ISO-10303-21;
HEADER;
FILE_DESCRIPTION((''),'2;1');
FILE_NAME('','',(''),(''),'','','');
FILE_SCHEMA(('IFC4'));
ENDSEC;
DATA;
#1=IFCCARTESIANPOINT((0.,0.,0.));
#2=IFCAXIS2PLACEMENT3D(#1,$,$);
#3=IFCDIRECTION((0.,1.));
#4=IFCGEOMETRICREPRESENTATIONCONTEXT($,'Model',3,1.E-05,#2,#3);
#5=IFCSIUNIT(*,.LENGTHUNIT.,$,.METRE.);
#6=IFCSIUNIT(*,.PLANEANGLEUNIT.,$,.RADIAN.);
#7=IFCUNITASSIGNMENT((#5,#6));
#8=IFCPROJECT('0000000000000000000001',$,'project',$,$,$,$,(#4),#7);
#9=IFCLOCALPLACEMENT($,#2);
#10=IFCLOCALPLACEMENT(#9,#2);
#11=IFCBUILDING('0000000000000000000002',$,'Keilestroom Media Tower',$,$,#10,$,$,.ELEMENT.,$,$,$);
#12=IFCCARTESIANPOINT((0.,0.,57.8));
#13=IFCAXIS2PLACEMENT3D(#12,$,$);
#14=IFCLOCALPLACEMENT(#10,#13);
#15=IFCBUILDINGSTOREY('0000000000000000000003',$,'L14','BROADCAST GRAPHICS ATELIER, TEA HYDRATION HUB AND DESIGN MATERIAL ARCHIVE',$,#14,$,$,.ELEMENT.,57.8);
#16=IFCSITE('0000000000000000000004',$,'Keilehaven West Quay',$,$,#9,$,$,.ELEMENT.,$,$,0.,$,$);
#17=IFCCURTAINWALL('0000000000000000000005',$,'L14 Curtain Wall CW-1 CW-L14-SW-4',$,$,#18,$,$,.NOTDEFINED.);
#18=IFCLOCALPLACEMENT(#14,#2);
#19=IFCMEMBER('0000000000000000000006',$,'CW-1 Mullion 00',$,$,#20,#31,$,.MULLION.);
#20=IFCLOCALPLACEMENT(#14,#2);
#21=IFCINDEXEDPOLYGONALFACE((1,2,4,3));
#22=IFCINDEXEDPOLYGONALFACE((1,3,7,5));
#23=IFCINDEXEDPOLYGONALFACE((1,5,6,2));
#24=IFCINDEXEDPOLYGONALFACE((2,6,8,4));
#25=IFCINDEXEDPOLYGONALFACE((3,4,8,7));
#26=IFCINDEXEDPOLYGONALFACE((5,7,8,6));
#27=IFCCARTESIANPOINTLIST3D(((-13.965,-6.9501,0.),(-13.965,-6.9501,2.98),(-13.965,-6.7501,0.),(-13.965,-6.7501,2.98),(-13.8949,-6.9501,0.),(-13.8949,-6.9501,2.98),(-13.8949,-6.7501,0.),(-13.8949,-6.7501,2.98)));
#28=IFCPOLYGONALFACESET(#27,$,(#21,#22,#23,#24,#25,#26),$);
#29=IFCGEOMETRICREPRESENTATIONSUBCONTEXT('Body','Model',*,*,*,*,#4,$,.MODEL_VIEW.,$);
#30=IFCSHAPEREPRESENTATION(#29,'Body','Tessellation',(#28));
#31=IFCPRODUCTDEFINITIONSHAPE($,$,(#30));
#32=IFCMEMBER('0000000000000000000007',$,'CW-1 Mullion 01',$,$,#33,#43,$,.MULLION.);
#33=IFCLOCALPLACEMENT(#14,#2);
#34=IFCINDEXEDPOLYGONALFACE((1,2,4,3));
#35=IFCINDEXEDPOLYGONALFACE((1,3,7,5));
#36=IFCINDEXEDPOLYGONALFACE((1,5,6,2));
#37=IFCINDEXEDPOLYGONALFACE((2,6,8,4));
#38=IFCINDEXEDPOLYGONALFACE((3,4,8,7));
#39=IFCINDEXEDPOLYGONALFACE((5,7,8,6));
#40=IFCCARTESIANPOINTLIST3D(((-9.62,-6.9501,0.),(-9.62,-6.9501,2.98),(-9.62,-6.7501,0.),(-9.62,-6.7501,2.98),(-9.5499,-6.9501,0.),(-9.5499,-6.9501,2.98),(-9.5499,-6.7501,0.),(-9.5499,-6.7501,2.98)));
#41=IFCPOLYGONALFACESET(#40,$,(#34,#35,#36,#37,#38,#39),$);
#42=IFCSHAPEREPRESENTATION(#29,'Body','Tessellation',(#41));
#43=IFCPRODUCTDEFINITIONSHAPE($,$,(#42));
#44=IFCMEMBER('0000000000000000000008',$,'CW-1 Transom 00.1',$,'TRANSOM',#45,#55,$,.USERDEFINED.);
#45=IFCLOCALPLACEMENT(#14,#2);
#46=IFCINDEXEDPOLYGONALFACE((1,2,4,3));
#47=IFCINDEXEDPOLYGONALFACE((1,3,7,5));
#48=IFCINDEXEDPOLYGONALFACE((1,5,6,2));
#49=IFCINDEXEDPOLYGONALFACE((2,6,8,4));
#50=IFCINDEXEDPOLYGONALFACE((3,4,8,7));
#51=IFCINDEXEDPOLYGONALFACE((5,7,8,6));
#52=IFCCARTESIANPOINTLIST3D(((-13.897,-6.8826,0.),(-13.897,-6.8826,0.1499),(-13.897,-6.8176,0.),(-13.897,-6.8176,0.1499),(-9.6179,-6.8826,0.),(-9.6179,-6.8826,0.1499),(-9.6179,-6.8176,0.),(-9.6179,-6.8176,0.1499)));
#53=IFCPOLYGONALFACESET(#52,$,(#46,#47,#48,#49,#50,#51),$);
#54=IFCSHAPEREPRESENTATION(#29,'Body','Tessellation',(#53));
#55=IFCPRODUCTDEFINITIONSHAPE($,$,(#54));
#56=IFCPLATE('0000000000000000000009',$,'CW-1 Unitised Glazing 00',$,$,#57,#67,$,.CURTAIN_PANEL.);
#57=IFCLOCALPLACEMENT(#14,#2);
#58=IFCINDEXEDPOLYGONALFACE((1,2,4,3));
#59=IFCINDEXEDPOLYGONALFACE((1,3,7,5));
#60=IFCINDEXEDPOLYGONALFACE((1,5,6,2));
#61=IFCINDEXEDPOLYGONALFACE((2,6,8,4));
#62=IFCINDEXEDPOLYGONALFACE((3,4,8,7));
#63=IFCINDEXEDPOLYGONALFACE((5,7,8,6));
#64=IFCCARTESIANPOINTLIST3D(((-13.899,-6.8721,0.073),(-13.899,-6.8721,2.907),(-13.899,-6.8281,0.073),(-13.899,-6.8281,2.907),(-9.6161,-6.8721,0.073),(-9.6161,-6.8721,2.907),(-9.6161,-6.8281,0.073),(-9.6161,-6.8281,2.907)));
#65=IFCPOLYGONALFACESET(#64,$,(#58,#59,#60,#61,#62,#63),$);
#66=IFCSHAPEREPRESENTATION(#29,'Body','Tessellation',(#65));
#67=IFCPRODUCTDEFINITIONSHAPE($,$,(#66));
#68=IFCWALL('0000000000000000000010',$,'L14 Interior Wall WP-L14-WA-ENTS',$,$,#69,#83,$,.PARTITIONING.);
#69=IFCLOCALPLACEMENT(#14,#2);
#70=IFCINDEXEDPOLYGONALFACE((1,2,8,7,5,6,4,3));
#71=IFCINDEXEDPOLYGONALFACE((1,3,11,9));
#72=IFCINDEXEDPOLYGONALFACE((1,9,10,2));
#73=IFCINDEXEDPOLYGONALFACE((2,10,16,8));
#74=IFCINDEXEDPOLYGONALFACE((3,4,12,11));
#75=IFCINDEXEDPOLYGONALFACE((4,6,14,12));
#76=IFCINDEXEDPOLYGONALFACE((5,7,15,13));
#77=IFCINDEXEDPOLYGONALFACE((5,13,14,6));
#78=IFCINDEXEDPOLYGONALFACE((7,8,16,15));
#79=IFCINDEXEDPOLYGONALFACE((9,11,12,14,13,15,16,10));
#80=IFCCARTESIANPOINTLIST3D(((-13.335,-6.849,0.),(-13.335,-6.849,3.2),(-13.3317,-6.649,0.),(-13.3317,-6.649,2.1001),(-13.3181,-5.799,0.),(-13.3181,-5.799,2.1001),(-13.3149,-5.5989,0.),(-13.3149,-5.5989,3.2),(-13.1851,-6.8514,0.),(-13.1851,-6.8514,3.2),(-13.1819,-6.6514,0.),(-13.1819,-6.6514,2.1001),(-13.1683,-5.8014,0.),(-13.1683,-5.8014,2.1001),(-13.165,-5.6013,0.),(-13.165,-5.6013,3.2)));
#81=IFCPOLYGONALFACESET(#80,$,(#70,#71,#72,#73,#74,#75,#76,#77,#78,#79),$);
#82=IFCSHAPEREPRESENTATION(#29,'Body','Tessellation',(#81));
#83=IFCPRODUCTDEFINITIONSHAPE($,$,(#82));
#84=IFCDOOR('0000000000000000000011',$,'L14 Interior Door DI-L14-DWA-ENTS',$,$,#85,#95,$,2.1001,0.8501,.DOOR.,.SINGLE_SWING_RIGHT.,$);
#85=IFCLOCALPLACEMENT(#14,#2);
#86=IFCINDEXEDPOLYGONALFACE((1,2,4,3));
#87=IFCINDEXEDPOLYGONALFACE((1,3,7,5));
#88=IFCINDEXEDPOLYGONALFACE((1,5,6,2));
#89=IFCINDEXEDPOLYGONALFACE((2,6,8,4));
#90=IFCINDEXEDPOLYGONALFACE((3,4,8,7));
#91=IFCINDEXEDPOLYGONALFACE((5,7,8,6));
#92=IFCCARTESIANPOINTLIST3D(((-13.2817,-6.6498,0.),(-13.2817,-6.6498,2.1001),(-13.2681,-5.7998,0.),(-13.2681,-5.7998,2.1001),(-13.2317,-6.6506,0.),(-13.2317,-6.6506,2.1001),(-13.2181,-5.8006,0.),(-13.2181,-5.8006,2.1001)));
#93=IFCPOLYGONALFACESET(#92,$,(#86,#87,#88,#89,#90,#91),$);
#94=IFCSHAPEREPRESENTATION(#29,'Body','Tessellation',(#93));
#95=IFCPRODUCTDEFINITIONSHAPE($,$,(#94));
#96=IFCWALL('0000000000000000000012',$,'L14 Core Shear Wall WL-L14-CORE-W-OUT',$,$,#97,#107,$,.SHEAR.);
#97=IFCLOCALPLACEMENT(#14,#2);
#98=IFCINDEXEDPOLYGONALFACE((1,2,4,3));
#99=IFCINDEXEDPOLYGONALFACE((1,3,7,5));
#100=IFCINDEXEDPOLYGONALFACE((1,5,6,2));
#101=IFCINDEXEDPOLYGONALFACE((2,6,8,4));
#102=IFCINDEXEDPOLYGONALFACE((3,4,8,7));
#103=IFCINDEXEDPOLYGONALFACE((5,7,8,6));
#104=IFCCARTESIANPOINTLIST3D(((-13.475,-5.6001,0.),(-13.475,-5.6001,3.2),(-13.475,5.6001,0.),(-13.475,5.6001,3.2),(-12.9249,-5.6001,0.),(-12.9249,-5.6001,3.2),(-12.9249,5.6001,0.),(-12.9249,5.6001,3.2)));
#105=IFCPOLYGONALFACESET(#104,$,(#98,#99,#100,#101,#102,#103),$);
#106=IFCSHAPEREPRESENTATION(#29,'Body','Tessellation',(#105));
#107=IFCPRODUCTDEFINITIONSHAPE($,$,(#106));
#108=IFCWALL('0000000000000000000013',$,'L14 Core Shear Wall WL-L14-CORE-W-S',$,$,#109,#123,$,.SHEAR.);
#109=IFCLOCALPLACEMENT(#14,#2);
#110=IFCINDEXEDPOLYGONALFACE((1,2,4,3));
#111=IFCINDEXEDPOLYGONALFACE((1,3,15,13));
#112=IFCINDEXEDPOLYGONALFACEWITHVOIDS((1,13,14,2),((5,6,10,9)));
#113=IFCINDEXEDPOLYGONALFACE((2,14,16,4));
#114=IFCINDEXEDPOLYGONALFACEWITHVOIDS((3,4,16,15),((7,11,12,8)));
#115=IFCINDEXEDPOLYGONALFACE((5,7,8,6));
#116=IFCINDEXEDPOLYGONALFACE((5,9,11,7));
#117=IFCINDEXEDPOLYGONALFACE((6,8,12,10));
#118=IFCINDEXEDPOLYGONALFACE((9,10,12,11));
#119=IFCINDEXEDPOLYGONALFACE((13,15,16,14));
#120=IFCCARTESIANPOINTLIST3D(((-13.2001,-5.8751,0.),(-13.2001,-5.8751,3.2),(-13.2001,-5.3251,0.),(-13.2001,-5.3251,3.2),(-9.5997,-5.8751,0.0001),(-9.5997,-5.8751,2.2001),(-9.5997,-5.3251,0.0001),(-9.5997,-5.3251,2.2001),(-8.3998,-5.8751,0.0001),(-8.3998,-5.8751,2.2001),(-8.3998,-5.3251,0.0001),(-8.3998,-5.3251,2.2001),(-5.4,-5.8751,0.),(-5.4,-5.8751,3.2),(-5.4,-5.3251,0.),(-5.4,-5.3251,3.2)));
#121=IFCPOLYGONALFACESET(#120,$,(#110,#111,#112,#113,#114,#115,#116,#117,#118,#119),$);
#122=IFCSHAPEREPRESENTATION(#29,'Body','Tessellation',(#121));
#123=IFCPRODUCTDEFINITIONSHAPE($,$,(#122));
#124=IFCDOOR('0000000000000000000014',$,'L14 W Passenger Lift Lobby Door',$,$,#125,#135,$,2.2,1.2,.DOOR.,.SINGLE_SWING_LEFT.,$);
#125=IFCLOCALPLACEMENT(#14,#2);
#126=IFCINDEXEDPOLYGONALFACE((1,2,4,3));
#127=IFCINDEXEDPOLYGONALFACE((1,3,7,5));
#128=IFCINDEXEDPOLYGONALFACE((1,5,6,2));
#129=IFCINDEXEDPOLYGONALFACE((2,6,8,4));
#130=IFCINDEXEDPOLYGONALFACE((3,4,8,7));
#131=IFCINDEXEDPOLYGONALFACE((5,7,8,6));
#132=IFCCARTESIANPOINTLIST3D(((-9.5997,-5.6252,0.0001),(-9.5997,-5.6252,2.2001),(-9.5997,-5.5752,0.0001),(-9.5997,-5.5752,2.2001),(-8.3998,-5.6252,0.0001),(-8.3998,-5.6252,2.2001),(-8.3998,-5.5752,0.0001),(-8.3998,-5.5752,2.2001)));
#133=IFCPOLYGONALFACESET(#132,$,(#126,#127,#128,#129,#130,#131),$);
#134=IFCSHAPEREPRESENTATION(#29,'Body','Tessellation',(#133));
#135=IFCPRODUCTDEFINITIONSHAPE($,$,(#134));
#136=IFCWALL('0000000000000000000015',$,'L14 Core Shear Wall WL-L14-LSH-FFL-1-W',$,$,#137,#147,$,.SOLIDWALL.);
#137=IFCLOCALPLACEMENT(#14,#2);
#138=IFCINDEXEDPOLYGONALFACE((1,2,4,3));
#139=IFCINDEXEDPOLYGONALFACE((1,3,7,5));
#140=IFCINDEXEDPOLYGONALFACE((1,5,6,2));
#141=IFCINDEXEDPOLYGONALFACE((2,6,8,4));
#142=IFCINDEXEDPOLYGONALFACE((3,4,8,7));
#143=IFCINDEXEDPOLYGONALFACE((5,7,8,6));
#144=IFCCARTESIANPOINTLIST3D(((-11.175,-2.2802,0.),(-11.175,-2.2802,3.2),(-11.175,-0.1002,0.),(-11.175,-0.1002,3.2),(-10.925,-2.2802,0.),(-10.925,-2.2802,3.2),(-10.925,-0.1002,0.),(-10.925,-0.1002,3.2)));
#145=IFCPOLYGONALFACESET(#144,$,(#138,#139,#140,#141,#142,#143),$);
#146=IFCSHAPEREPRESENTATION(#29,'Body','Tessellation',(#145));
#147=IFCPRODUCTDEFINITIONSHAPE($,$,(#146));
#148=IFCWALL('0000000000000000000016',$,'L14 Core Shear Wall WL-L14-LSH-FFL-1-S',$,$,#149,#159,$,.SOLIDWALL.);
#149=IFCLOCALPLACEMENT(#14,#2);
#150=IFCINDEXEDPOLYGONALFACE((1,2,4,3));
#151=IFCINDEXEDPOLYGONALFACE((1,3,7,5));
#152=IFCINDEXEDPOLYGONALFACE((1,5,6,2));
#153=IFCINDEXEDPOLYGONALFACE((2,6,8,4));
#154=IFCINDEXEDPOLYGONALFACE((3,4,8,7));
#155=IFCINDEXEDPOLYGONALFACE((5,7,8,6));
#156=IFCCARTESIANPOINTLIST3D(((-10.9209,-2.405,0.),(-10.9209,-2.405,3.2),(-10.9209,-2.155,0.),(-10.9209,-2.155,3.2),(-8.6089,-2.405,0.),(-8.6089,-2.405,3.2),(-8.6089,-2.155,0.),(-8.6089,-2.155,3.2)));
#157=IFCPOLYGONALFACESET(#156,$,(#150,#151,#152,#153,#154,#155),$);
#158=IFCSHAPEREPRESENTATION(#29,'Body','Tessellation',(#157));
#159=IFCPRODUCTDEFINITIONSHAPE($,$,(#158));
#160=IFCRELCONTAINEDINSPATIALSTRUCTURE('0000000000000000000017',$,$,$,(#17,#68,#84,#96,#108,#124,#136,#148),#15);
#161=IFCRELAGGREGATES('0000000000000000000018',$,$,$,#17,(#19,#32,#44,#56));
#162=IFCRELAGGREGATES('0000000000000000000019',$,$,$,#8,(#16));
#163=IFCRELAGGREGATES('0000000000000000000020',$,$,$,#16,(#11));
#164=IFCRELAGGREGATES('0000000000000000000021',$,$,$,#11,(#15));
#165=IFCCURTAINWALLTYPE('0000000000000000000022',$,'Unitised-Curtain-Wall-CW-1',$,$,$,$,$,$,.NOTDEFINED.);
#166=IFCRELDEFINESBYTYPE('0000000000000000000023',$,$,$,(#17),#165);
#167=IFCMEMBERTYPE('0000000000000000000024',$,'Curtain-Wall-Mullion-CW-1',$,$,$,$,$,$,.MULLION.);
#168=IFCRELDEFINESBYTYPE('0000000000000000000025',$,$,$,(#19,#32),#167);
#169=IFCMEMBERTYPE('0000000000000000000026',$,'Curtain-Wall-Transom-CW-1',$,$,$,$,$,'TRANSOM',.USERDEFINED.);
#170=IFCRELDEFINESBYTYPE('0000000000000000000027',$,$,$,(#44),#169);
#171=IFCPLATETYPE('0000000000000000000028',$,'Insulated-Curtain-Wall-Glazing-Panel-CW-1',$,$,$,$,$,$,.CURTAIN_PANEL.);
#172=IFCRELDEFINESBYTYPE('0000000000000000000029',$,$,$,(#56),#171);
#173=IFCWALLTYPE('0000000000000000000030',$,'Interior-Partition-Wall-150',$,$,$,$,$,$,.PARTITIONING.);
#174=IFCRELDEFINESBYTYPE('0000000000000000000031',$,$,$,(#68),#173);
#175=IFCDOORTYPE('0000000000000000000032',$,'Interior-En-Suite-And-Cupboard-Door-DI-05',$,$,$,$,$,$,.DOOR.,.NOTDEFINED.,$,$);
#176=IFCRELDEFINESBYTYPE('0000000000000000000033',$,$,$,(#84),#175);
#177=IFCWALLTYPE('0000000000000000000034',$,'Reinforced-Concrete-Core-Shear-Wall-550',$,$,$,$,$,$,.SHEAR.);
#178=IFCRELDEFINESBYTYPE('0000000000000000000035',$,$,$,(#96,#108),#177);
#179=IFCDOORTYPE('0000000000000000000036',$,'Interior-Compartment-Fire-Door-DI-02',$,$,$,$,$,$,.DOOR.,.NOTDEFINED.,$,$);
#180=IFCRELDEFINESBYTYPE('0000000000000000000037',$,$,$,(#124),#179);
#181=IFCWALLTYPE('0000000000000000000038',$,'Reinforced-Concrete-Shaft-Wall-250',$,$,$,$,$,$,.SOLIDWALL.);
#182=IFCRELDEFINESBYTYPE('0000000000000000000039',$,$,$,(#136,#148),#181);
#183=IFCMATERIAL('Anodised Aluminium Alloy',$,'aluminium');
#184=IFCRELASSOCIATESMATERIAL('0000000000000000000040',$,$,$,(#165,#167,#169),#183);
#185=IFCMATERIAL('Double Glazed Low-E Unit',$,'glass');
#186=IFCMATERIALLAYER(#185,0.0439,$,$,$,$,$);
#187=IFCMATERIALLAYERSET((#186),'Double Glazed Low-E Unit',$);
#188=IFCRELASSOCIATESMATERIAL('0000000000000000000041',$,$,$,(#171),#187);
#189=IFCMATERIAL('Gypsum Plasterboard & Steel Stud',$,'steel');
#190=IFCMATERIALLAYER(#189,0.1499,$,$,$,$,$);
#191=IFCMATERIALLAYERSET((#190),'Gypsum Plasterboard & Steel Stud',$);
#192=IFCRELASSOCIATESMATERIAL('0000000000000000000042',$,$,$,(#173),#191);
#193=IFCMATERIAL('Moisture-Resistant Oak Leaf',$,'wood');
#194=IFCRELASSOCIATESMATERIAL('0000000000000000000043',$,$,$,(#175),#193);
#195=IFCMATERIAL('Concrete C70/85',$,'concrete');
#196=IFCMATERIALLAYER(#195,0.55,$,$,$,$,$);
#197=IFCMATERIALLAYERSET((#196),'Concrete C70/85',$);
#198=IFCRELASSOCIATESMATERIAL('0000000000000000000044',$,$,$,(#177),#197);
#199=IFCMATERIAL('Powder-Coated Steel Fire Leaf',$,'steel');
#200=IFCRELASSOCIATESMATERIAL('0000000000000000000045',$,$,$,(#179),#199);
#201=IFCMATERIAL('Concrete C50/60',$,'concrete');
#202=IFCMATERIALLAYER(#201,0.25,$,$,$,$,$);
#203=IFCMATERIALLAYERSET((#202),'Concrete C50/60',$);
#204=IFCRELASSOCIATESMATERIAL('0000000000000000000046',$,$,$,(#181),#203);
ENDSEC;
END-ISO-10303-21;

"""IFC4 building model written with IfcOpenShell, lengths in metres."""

from ifc_helpers import new_model, si_unit, direction, frame, frame_2d, origin, origin_2d, place, context, subcontext, project, spatial, rectangle, extrude, source, transform, mapped, material, layer, layer_set, material_profile, profile_set, type_object, element, fill, aggregate, save


model = new_model("IFC4")

# Units and contexts
model_context = context("Model", 3, precision=1e-05, world=origin(), true_north=direction((0.0, 1.0)))
body_context = subcontext(model_context, "Body", "Model", "MODEL_VIEW")
ifc_project = project(units=[si_unit("LENGTHUNIT", "METRE"), si_unit("PLANEANGLEUNIT", "RADIAN")], contexts=[model_context])

# Site, building, storey
site_placement = place(None, origin())
site = spatial("IfcSite", under=ifc_project, at=site_placement, Name="Keilehaven West Quay", CompositionType="ELEMENT", RefElevation=0.0)
building_placement = place(site_placement, origin())
building = spatial("IfcBuilding", under=site, at=building_placement, Name="Keilestroom Media Tower", CompositionType="ELEMENT")
storey_placement = place(building_placement, frame((0.0, 0.0, 57.8)))
storey = spatial("IfcBuildingStorey", under=building, at=storey_placement, Name="L14", Description="BROADCAST GRAPHICS ATELIER, TEA HYDRATION HUB AND DESIGN MATERIAL ARCHIVE", CompositionType="ELEMENT", Elevation=57.8)

# Curtain wall, members, plate
ifc_material_1 = material(Name="Anodised Aluminium Alloy", Category="aluminium")
curtain_wall_type = type_object("IfcCurtainWallType", Name="Unitised-Curtain-Wall-CW-1", PredefinedType="NOTDEFINED", material=ifc_material_1)
curtain_wall_placement = place(storey_placement, origin())
curtain_wall = element("IfcCurtainWall", 1, at=curtain_wall_placement, inside=storey, type_object=curtain_wall_type, Name="L14 Curtain Wall CW-1 CW-L14-SW-4", PredefinedType="NOTDEFINED")
ifc_material_profile_1 = material_profile(ifc_material_1, rectangle(XDim=0.0701, YDim=0.2, at=origin_2d()), Name="ALU MULLION 70x200")
ifc_profile_set_1 = profile_set([ifc_material_profile_1], Name="Anodised Aluminium Alloy")
member_type_1 = type_object("IfcMemberType", Name="Curtain-Wall-Mullion-CW-1", PredefinedType="MULLION", material=ifc_profile_set_1)
shared_shape_1 = source(origin(), body_context, "Body", "SweptSolid", [
    extrude(rectangle(XDim=0.0701, YDim=0.2, at=origin_2d()), origin(), (0.0, 0.0, 1.0), 2.98),
])
member_1_placement = place(storey_placement, frame((-13.9299, -6.8501, 0.0), z_axis=(0.0, 0.0, 1.0), x_axis=(1.0, 0.0, 0.0)))
member_1 = element("IfcMember", 2, at=member_1_placement, type_object=member_type_1, Name="CW-1 Mullion 00", PredefinedType="MULLION", context=body_context, shape_type="MappedRepresentation", body=[
    mapped(shared_shape_1, transform((0.0, 0.0, 0.0), x_axis=(1.0, 0.0, 0.0), y_axis=(0.0, 1.0, 0.0), z_axis=(0.0, 0.0, 1.0), scale=1.0)),
])
member_2_placement = place(storey_placement, frame((-9.585, -6.8501, 0.0), z_axis=(0.0, 0.0, 1.0), x_axis=(1.0, 0.0, 0.0)))
member_2 = element("IfcMember", 3, at=member_2_placement, type_object=member_type_1, Name="CW-1 Mullion 01", PredefinedType="MULLION", context=body_context, shape_type="MappedRepresentation", body=[
    mapped(shared_shape_1, transform((0.0, 0.0, 0.0), x_axis=(1.0, 0.0, 0.0), y_axis=(0.0, 1.0, 0.0), z_axis=(0.0, 0.0, 1.0), scale=1.0)),
])
ifc_material_profile_2 = material_profile(ifc_material_1, rectangle(XDim=0.0649, YDim=0.1499, at=origin_2d()), Name="ALU TRANSOM 65x150")
ifc_profile_set_2 = profile_set([ifc_material_profile_2], Name="Anodised Aluminium Alloy")
member_type_2 = type_object("IfcMemberType", Name="Curtain-Wall-Transom-CW-1", ElementType="TRANSOM", PredefinedType="USERDEFINED", material=ifc_profile_set_2)
shared_shape_2 = source(origin(), body_context, "Body", "SweptSolid", [
    extrude(rectangle(XDim=0.0649, YDim=0.1499, at=origin_2d()), origin(), (0.0, 0.0, 1.0), 4.2791),
])
member_3_placement = place(storey_placement, frame((-13.897, -6.8501, 0.075), z_axis=(1.0, 0.0, 0.0), x_axis=(0.0, 1.0, 0.0)))
member_3 = element("IfcMember", 4, at=member_3_placement, type_object=member_type_2, Name="CW-1 Transom 00.1", ObjectType="TRANSOM", PredefinedType="USERDEFINED", context=body_context, shape_type="MappedRepresentation", body=[
    mapped(shared_shape_2, transform((0.0, 0.0, 0.0), x_axis=(1.0, 0.0, 0.0), y_axis=(0.0, 1.0, 0.0), z_axis=(0.0, 0.0, 1.0), scale=1.0)),
])
ifc_material_2 = material(Name="Double Glazed Low-E Unit", Category="glass")
ifc_layer_1 = layer(ifc_material_2, 0.0439)
ifc_layer_set_1 = layer_set([ifc_layer_1], Name="Double Glazed Low-E Unit")
plate_type = type_object("IfcPlateType", Name="Insulated-Curtain-Wall-Glazing-Panel-CW-1", PredefinedType="CURTAIN_PANEL", material=ifc_layer_set_1)
shared_shape_3 = source(origin(), body_context, "Body", "SweptSolid", [
    extrude(rectangle(XDim=4.283, YDim=0.0439, at=origin_2d()), origin(), (0.0, 0.0, 1.0), 2.834),
])
plate_placement = place(storey_placement, frame((-11.7576, -6.8501, 0.073), z_axis=(0.0, 0.0, 1.0), x_axis=(1.0, 0.0, 0.0)))
plate = element("IfcPlate", 5, at=plate_placement, type_object=plate_type, Name="CW-1 Unitised Glazing 00", PredefinedType="CURTAIN_PANEL", context=body_context, shape_type="MappedRepresentation", body=[
    mapped(shared_shape_3, transform((0.0, 0.0, 0.0), x_axis=(1.0, 0.0, 0.0), y_axis=(0.0, 1.0, 0.0), z_axis=(0.0, 0.0, 1.0), scale=1.0)),
])
aggregate(curtain_wall, [member_1, member_2, member_3, plate])

# Wall, opening, door
ifc_material_3 = material(Name="Gypsum Plasterboard & Steel Stud", Category="steel")
ifc_layer_2 = layer(ifc_material_3, 0.1499)
ifc_layer_set_2 = layer_set([ifc_layer_2], Name="Gypsum Plasterboard & Steel Stud")
wall_type_1 = type_object("IfcWallType", Name="Interior-Partition-Wall-150", PredefinedType="PARTITIONING", material=ifc_layer_set_2)
wall_1_placement = place(storey_placement, frame((-13.26, -6.8501, 0.0), z_axis=(0.0, 0.0, 1.0), x_axis=(0.016014, 0.999872, 0.0)))
wall_1 = element("IfcWall", 6, at=wall_1_placement, inside=storey, type_object=wall_type_1, Name="L14 Interior Wall WP-L14-WA-ENTS", PredefinedType="PARTITIONING", context=body_context, shape_type="SweptSolid", body=[
    extrude(rectangle(XDim=1.2502, YDim=0.1499, at=frame_2d((0.625, 0.0))), origin(), (0.0, 0.0, 1.0), 3.2),
])
opening_1_placement = place(wall_1_placement, frame((0.2, 0.0, 0.0)))
opening_1 = element("IfcOpeningElement", 7, at=opening_1_placement, cuts=wall_1, PredefinedType="OPENING", context=body_context, shape_type="SweptSolid", body=[
    extrude(rectangle(XDim=0.8501, YDim=2.1001, at=frame_2d((0.425, 1.05))), frame((0.0, 0.085, 0.0), z_axis=(0.0, -1.0, 0.0), x_axis=(1.0, 0.0, 0.0)), (0.0, 0.0, 1.0), 0.1699),
])
ifc_material_4 = material(Name="Moisture-Resistant Oak Leaf", Category="wood")
door_type_1 = type_object("IfcDoorType", Name="Interior-En-Suite-And-Cupboard-Door-DI-05", OperationType="NOTDEFINED", PredefinedType="DOOR", material=ifc_material_4)
shared_shape_4 = source(origin(), body_context, "Body", "SweptSolid", [
    extrude(rectangle(XDim=0.8501, YDim=2.1001, at=frame_2d((0.425, 1.05))), frame((0.0, 0.0249, 0.0), z_axis=(0.0, -1.0, 0.0), x_axis=(1.0, 0.0, 0.0)), (0.0, 0.0, 1.0), 0.05),
])
door_1_placement = place(opening_1_placement, origin())
door_1 = element("IfcDoor", 8, at=door_1_placement, inside=storey, type_object=door_type_1, Name="L14 Interior Door DI-L14-DWA-ENTS", OperationType="SINGLE_SWING_RIGHT", OverallHeight=2.1001, OverallWidth=0.8501, PredefinedType="DOOR", context=body_context, shape_type="MappedRepresentation", body=[
    mapped(shared_shape_4, transform((0.0, 0.0, 0.0), x_axis=(1.0, 0.0, 0.0), y_axis=(0.0, 1.0, 0.0), z_axis=(0.0, 0.0, 1.0), scale=1.0)),
])
fill(opening_1, door_1)

# Wall
ifc_material_5 = material(Name="Concrete C70/85", Category="concrete")
ifc_layer_3 = layer(ifc_material_5, 0.55)
ifc_layer_set_3 = layer_set([ifc_layer_3], Name="Concrete C70/85")
wall_type_2 = type_object("IfcWallType", Name="Reinforced-Concrete-Core-Shear-Wall-550", PredefinedType="SHEAR", material=ifc_layer_set_3)
wall_2_placement = place(storey_placement, frame((-13.2, -5.6001, 0.0), z_axis=(0.0, 0.0, 1.0), x_axis=(0.0, 1.0, 0.0)))
element("IfcWall", 9, at=wall_2_placement, inside=storey, type_object=wall_type_2, Name="L14 Core Shear Wall WL-L14-CORE-W-OUT", PredefinedType="SHEAR", context=body_context, shape_type="SweptSolid", body=[
    extrude(rectangle(XDim=11.2002, YDim=0.55, at=frame_2d((5.6001, 0.0))), origin(), (0.0, 0.0, 1.0), 3.2),
])

# Wall, opening, door
wall_3_placement = place(storey_placement, frame((-13.2, -5.6001, 0.0), z_axis=(0.0, 0.0, 1.0), x_axis=(1.0, 0.0, 0.0)))
wall_3 = element("IfcWall", 10, at=wall_3_placement, inside=storey, type_object=wall_type_2, Name="L14 Core Shear Wall WL-L14-CORE-W-S", PredefinedType="SHEAR", context=body_context, shape_type="SweptSolid", body=[
    extrude(rectangle(XDim=7.8, YDim=0.55, at=frame_2d((3.8999, 0.0))), origin(), (0.0, 0.0, 1.0), 3.2),
])
opening_2_placement = place(wall_3_placement, frame((3.6001, 0.0, 0.0)))
opening_2 = element("IfcOpeningElement", 11, at=opening_2_placement, cuts=wall_3, PredefinedType="OPENING", context=body_context, shape_type="SweptSolid", body=[
    extrude(rectangle(XDim=1.2, YDim=2.2, at=frame_2d((0.6001, 1.1001))), frame((0.0, 0.2852, 0.0), z_axis=(0.0, -1.0, 0.0), x_axis=(1.0, 0.0, 0.0)), (0.0, 0.0, 1.0), 0.5701),
])
ifc_material_6 = material(Name="Powder-Coated Steel Fire Leaf", Category="steel")
door_type_2 = type_object("IfcDoorType", Name="Interior-Compartment-Fire-Door-DI-02", OperationType="NOTDEFINED", PredefinedType="DOOR", material=ifc_material_6)
shared_shape_5 = source(origin(), body_context, "Body", "SweptSolid", [
    extrude(rectangle(XDim=1.2, YDim=2.2, at=frame_2d((0.6001, 1.1001))), frame((0.0, 0.0249, 0.0), z_axis=(0.0, -1.0, 0.0), x_axis=(1.0, 0.0, 0.0)), (0.0, 0.0, 1.0), 0.05),
])
door_2_placement = place(opening_2_placement, origin())
door_2 = element("IfcDoor", 12, at=door_2_placement, inside=storey, type_object=door_type_2, Name="L14 W Passenger Lift Lobby Door", OperationType="SINGLE_SWING_LEFT", OverallHeight=2.2, OverallWidth=1.2, PredefinedType="DOOR", context=body_context, shape_type="MappedRepresentation", body=[
    mapped(shared_shape_5, transform((0.0, 0.0, 0.0), x_axis=(1.0, 0.0, 0.0), y_axis=(0.0, 1.0, 0.0), z_axis=(0.0, 0.0, 1.0), scale=1.0)),
])
fill(opening_2, door_2)

# Walls
ifc_material_7 = material(Name="Concrete C50/60", Category="concrete")
ifc_layer_4 = layer(ifc_material_7, 0.25)
ifc_layer_set_4 = layer_set([ifc_layer_4], Name="Concrete C50/60")
wall_type_3 = type_object("IfcWallType", Name="Reinforced-Concrete-Shaft-Wall-250", PredefinedType="SOLIDWALL", material=ifc_layer_set_4)
wall_4_placement = place(storey_placement, frame((-11.05, -2.28, 0.0), z_axis=(0.0, 0.0, 1.0), x_axis=(0.0, 1.0, 0.0)))
element("IfcWall", 13, at=wall_4_placement, inside=storey, type_object=wall_type_3, Name="L14 Core Shear Wall WL-L14-LSH-FFL-1-W", PredefinedType="SOLIDWALL", context=body_context, shape_type="SweptSolid", body=[
    extrude(rectangle(XDim=2.1799, YDim=0.25, at=frame_2d((1.0898, 0.0))), origin(), (0.0, 0.0, 1.0), 3.2),
])
wall_5_placement = place(storey_placement, frame((-10.9209, -2.28, 0.0), z_axis=(0.0, 0.0, 1.0), x_axis=(1.0, 0.0, 0.0)))
element("IfcWall", 14, at=wall_5_placement, inside=storey, type_object=wall_type_3, Name="L14 Core Shear Wall WL-L14-LSH-FFL-1-S", PredefinedType="SOLIDWALL", context=body_context, shape_type="SweptSolid", body=[
    extrude(rectangle(XDim=2.312, YDim=0.25, at=frame_2d((1.156, 0.0))), origin(), (0.0, 0.0, 1.0), 3.2),
])

save(model, "model.ifc")
